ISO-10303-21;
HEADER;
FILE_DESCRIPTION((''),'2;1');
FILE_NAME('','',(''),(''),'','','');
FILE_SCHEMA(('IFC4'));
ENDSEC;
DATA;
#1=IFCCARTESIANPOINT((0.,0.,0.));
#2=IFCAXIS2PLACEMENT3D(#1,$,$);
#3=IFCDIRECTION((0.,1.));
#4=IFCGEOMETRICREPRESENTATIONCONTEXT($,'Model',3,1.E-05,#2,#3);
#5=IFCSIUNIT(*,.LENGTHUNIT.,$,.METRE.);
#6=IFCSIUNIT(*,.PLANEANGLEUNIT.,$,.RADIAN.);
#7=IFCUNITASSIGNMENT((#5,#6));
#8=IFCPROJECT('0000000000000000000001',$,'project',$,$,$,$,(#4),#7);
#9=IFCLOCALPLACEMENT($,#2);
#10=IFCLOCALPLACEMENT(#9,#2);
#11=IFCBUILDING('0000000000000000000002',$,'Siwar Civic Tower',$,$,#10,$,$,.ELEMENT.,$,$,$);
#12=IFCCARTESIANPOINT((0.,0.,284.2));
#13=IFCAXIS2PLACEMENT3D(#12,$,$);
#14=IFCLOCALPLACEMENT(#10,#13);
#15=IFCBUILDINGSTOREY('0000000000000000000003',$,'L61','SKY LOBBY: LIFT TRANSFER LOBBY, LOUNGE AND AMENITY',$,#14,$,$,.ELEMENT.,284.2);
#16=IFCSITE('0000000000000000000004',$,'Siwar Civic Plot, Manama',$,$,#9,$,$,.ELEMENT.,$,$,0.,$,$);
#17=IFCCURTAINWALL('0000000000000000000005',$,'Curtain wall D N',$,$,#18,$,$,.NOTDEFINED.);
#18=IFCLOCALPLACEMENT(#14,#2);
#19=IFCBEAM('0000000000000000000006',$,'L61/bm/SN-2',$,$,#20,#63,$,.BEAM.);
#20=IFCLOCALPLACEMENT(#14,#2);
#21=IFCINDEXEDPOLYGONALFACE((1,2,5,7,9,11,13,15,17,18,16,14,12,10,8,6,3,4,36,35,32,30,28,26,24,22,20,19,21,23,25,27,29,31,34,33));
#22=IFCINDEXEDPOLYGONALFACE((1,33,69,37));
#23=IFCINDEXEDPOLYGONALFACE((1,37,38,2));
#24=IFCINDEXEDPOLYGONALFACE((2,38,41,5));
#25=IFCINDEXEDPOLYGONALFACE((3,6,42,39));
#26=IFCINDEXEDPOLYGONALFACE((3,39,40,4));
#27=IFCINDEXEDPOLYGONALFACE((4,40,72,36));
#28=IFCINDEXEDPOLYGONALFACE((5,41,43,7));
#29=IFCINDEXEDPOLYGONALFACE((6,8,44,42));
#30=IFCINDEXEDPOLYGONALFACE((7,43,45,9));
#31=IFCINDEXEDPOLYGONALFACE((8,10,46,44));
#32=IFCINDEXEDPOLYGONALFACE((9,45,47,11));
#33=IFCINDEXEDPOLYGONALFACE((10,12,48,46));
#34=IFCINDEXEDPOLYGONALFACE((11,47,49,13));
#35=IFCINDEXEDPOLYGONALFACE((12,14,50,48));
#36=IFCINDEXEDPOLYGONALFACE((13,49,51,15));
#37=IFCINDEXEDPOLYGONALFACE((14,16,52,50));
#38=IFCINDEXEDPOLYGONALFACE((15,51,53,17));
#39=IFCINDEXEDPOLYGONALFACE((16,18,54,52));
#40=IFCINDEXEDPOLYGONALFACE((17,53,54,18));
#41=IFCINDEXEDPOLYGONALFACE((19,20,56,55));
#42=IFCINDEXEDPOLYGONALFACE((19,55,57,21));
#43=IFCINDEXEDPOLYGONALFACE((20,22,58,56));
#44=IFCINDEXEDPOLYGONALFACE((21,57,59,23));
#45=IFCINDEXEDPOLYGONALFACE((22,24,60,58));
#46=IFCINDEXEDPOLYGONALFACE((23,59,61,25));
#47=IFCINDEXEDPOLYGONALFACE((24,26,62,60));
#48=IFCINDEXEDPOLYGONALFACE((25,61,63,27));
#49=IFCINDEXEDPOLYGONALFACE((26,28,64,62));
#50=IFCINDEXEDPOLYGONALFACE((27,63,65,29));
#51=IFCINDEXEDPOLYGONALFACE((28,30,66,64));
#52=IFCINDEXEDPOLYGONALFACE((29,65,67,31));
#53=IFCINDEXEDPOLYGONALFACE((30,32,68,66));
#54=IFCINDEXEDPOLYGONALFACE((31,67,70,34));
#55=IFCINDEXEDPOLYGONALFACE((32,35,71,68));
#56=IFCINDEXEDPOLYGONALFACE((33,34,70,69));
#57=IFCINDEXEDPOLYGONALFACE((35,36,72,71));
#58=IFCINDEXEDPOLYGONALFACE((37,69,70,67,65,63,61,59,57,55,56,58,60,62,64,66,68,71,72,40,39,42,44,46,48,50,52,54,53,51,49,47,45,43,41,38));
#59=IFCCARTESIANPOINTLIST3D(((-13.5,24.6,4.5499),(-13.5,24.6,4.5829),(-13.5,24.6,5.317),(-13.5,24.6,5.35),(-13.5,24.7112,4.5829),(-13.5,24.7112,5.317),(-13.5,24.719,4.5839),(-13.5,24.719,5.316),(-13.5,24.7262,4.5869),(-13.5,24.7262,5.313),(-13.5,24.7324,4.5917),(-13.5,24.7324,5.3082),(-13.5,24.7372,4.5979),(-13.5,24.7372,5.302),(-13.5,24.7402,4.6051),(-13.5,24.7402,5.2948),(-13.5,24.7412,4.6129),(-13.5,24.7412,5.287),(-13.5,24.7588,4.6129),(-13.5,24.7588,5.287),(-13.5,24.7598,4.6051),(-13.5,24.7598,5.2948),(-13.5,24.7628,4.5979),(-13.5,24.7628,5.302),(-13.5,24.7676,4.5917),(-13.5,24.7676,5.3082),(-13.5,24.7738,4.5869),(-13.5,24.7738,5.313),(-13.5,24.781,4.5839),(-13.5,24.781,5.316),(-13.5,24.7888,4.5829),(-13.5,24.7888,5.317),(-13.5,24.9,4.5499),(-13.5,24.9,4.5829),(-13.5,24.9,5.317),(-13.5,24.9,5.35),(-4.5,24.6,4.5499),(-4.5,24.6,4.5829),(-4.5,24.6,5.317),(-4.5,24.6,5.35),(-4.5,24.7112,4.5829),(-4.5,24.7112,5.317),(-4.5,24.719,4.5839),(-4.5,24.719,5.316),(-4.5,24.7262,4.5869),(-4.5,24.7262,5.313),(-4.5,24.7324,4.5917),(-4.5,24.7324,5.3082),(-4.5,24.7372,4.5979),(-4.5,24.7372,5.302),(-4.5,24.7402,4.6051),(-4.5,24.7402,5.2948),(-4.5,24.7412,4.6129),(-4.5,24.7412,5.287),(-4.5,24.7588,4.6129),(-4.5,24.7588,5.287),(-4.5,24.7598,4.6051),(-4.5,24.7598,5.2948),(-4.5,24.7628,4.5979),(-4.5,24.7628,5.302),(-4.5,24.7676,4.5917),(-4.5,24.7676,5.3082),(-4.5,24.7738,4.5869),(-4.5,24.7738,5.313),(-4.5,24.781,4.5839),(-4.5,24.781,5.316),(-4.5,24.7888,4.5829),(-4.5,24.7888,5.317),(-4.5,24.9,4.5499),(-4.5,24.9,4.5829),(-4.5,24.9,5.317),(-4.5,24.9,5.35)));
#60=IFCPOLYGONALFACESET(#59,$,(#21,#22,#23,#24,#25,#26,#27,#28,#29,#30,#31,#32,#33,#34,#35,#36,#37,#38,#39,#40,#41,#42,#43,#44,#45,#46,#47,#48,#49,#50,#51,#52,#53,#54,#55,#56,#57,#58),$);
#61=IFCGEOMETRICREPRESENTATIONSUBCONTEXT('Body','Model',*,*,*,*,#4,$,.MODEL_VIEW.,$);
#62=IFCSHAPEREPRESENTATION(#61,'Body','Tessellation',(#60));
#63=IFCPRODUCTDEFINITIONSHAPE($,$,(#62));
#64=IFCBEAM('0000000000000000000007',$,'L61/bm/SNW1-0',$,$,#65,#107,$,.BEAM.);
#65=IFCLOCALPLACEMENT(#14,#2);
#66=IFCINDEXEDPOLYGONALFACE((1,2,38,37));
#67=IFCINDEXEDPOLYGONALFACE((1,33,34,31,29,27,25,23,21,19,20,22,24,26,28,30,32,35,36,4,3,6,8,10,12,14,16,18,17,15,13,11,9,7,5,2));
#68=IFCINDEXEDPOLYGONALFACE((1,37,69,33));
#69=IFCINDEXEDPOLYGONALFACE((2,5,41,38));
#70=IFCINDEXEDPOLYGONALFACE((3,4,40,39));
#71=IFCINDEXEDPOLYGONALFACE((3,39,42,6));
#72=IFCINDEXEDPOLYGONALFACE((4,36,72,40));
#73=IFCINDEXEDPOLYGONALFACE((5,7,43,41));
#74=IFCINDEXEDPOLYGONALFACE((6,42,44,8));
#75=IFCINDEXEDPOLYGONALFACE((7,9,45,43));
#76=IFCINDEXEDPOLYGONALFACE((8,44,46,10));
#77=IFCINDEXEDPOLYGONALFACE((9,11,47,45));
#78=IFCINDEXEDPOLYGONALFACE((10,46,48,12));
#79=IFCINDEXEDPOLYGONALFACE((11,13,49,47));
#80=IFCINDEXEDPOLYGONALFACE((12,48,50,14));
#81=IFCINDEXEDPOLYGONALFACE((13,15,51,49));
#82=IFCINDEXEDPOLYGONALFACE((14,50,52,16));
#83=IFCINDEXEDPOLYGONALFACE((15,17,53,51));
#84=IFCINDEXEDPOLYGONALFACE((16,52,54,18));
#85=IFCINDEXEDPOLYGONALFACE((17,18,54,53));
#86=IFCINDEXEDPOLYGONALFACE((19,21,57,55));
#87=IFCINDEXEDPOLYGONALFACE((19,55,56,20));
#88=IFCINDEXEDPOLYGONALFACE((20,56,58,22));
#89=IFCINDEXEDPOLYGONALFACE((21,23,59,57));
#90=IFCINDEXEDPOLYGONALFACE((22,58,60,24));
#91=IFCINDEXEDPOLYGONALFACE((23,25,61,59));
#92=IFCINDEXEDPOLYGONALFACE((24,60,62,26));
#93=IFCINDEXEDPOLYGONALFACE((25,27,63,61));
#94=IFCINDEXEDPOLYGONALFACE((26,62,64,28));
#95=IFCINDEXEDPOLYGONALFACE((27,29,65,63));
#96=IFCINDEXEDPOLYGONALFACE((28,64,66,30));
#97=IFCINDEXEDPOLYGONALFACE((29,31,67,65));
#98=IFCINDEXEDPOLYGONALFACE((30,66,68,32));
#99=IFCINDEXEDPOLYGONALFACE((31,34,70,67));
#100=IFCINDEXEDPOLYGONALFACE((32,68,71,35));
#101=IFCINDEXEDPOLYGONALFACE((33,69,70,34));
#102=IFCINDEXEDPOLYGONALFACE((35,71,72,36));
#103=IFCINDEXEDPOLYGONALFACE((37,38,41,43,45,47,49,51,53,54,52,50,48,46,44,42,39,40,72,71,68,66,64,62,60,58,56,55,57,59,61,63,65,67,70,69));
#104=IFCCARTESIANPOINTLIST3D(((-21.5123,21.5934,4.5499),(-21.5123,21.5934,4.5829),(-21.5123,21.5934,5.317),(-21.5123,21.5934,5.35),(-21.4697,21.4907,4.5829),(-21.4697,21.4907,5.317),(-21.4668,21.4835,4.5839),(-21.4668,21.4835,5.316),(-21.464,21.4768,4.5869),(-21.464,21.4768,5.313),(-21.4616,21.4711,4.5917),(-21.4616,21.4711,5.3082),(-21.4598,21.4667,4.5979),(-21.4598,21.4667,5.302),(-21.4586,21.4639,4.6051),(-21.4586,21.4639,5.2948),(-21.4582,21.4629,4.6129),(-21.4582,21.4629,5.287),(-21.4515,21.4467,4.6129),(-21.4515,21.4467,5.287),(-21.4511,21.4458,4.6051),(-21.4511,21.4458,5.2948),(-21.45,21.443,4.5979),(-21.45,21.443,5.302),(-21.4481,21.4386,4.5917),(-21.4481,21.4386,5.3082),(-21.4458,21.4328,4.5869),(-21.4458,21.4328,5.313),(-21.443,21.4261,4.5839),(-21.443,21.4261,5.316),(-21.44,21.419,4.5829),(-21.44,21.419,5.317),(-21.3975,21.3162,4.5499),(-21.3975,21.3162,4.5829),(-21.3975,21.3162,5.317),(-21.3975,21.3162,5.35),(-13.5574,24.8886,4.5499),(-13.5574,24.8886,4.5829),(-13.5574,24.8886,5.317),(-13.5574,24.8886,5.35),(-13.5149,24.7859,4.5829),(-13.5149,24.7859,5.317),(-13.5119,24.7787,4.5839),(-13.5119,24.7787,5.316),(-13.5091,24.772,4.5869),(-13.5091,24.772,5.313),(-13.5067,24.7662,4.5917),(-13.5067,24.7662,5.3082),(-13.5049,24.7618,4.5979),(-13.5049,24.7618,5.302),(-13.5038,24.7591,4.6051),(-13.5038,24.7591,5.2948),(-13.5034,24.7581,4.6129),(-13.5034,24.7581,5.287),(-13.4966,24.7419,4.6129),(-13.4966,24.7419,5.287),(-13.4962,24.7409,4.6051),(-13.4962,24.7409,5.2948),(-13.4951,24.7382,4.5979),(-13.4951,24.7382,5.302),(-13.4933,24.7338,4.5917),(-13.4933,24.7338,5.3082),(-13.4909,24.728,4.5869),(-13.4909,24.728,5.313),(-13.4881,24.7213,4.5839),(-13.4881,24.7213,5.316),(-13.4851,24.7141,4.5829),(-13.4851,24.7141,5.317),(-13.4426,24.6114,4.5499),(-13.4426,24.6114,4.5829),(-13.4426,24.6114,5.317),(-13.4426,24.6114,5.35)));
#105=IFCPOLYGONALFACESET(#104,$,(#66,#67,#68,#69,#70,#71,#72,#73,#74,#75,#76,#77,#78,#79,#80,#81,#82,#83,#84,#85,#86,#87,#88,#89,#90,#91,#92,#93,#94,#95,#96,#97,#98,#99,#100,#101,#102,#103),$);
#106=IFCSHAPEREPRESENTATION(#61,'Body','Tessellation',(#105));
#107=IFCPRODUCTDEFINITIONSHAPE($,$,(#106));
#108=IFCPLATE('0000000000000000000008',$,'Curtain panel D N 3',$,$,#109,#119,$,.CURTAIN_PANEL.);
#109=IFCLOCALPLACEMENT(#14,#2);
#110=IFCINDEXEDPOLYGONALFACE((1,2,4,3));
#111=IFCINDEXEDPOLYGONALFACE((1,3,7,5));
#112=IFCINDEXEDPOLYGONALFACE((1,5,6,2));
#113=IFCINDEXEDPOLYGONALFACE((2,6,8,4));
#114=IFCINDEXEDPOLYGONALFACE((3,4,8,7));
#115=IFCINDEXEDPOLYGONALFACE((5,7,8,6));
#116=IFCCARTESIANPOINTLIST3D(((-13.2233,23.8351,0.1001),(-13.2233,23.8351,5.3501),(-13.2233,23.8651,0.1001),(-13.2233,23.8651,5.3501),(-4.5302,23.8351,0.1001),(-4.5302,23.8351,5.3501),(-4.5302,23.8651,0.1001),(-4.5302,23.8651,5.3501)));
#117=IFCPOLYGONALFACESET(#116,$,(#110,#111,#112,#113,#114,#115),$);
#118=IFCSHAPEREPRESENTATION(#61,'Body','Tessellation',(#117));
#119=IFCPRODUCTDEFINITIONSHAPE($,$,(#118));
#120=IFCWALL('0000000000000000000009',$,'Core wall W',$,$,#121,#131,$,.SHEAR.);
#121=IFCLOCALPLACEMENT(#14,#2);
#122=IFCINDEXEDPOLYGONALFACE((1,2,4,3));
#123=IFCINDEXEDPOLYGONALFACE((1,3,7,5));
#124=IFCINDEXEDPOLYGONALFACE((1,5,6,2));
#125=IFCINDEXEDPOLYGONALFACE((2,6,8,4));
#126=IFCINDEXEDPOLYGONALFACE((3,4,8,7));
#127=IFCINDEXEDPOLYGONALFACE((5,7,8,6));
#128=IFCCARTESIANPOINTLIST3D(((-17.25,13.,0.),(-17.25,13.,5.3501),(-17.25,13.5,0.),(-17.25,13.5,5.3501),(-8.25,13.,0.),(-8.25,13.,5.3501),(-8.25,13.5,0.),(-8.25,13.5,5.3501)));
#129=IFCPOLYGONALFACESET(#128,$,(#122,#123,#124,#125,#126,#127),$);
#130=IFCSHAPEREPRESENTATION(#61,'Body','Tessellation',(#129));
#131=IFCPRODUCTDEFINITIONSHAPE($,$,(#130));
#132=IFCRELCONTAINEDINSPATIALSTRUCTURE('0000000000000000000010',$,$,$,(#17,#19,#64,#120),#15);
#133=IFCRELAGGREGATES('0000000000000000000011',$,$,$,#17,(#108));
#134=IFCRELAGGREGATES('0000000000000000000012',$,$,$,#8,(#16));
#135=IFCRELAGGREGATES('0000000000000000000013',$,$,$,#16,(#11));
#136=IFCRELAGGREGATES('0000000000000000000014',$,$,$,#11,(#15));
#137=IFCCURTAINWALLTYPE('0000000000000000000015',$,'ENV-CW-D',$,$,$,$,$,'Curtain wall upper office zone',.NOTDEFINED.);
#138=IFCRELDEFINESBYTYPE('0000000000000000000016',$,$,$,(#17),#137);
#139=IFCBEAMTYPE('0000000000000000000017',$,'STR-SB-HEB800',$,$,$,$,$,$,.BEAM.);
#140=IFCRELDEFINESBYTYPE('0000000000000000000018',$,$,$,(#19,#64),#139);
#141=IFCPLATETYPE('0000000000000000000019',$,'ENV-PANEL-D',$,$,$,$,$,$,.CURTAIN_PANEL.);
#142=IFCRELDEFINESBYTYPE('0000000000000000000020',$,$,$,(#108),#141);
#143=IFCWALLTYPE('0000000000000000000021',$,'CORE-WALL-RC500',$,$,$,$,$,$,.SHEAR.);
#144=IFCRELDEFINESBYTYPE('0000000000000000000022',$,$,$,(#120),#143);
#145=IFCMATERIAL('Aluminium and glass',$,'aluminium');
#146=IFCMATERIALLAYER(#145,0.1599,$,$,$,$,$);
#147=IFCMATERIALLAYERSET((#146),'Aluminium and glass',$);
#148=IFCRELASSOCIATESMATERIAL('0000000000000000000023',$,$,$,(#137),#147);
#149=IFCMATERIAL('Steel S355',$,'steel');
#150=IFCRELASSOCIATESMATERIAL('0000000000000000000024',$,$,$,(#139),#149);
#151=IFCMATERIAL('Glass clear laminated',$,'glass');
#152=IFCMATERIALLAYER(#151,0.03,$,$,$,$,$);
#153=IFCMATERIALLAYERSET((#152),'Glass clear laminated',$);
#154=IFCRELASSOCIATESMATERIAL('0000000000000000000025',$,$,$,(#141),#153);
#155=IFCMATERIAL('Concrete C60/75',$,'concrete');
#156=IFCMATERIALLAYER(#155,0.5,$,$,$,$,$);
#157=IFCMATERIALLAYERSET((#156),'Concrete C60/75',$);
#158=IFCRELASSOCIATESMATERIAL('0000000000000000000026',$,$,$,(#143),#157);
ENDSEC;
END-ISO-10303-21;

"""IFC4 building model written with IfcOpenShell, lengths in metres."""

from ifc_helpers import new_model, si_unit, direction, frame, frame_2d, origin, origin_2d, place, context, subcontext, project, spatial, rectangle, i_section, extrude, material, layer, layer_set, material_profile, profile_set, type_object, element, aggregate, save


model = new_model("IFC4")

# Units and contexts
model_context = context("Model", 3, precision=1e-05, world=origin(), true_north=direction((0.0, 1.0)))
body_context = subcontext(model_context, "Body", "Model", "MODEL_VIEW")
ifc_project = project(units=[si_unit("LENGTHUNIT", "METRE"), si_unit("PLANEANGLEUNIT", "RADIAN")], contexts=[model_context])

# Site, building, storey
site_placement = place(None, origin())
site = spatial("IfcSite", under=ifc_project, at=site_placement, Name="Siwar Civic Plot, Manama", CompositionType="ELEMENT", RefElevation=0.0)
building_placement = place(site_placement, origin())
building = spatial("IfcBuilding", under=site, at=building_placement, Name="Siwar Civic Tower", CompositionType="ELEMENT")
storey_placement = place(building_placement, frame((0.0, 0.0, 284.2)))
storey = spatial("IfcBuildingStorey", under=building, at=storey_placement, Name="L61", Description="SKY LOBBY: LIFT TRANSFER LOBBY, LOUNGE AND AMENITY", CompositionType="ELEMENT", Elevation=284.2)

# Curtain wall
ifc_material_1 = material(Name="Aluminium and glass", Category="aluminium")
ifc_layer_1 = layer(ifc_material_1, 0.1599)
ifc_layer_set_1 = layer_set([ifc_layer_1], Name="Aluminium and glass")
curtain_wall_type_1 = type_object("IfcCurtainWallType", Name="ENV-CW-D", ElementType="Curtain wall upper office zone", PredefinedType="NOTDEFINED", material=ifc_layer_set_1)
curtain_wall_1_placement = place(storey_placement, origin())
curtain_wall_1 = element("IfcCurtainWall", 1, at=curtain_wall_1_placement, inside=storey, type_object=curtain_wall_type_1, Name="Curtain wall D N", PredefinedType="NOTDEFINED")

# Beams
ifc_material_2 = material(Name="Steel S355", Category="steel")
ifc_material_profile_1 = material_profile(ifc_material_2, i_section(OverallWidth=0.3, OverallDepth=0.8, WebThickness=0.0176, FlangeThickness=0.033, FilletRadius=0.03, at=origin_2d()), Name="HEB800")
ifc_profile_set_1 = profile_set([ifc_material_profile_1], Name="Steel S355")
beam_type_1 = type_object("IfcBeamType", Name="STR-SB-HEB800", PredefinedType="BEAM", material=ifc_profile_set_1)
beam_1_placement = place(storey_placement, frame((-4.5, 24.75, 4.95), z_axis=(-1.0, 0.0, 0.0), x_axis=(0.0, -1.0, 0.0)))
element("IfcBeam", 2, at=beam_1_placement, inside=storey, type_object=beam_type_1, Name="L61/bm/SN-2", PredefinedType="BEAM", context=body_context, shape_type="SweptSolid", body=[
    extrude(i_section(OverallWidth=0.3, OverallDepth=0.8, WebThickness=0.0176, FlangeThickness=0.033, FilletRadius=0.03, at=origin_2d()), origin(), (0.0, 0.0, 1.0), 9.0),
])
beam_2_placement = place(storey_placement, frame((-13.5, 24.75, 4.95), z_axis=(-0.923873, -0.3827, 0.0), x_axis=(0.3827, -0.923873, 0.0)))
element("IfcBeam", 3, at=beam_2_placement, inside=storey, type_object=beam_type_1, Name="L61/bm/SNW1-0", PredefinedType="BEAM", context=body_context, shape_type="SweptSolid", body=[
    extrude(i_section(OverallWidth=0.3, OverallDepth=0.8, WebThickness=0.0176, FlangeThickness=0.033, FilletRadius=0.03, at=origin_2d()), origin(), (0.0, 0.0, 1.0), 8.6104),
])

# Plate
ifc_material_3 = material(Name="Glass clear laminated", Category="glass")
ifc_layer_2 = layer(ifc_material_3, 0.03)
ifc_layer_set_2 = layer_set([ifc_layer_2], Name="Glass clear laminated")
plate_type = type_object("IfcPlateType", Name="ENV-PANEL-D", PredefinedType="CURTAIN_PANEL", material=ifc_layer_set_2)
plate_placement = place(storey_placement, frame((-8.8767, 23.8501, 0.1001), z_axis=(0.0, 0.0, 1.0), x_axis=(-1.0, 0.0, 0.0)))
plate = element("IfcPlate", 4, at=plate_placement, type_object=plate_type, Name="Curtain panel D N 3", PredefinedType="CURTAIN_PANEL", context=body_context, shape_type="SweptSolid", body=[
    extrude(rectangle(XDim=8.6931, YDim=0.03, at=origin_2d()), origin(), (0.0, 0.0, 1.0), 5.25),
])
aggregate(curtain_wall_1, [plate])

# Wall
ifc_material_4 = material(Name="Concrete C60/75", Category="concrete")
ifc_layer_3 = layer(ifc_material_4, 0.5)
ifc_layer_set_3 = layer_set([ifc_layer_3], Name="Concrete C60/75")
wall_type_1 = type_object("IfcWallType", Name="CORE-WALL-RC500", PredefinedType="SHEAR", material=ifc_layer_set_3)
wall_1_placement = place(storey_placement, frame((-8.25, 13.25, 0.0), z_axis=(0.0, 0.0, 1.0), x_axis=(-1.0, 0.0, 0.0)))
element("IfcWall", 5, at=wall_1_placement, inside=storey, type_object=wall_type_1, Name="Core wall W", PredefinedType="SHEAR", context=body_context, shape_type="SweptSolid", body=[
    extrude(rectangle(XDim=9.0, YDim=0.5, at=frame_2d((4.5, 0.0))), origin(), (0.0, 0.0, 1.0), 5.3501),
])

save(model, "model.ifc")
